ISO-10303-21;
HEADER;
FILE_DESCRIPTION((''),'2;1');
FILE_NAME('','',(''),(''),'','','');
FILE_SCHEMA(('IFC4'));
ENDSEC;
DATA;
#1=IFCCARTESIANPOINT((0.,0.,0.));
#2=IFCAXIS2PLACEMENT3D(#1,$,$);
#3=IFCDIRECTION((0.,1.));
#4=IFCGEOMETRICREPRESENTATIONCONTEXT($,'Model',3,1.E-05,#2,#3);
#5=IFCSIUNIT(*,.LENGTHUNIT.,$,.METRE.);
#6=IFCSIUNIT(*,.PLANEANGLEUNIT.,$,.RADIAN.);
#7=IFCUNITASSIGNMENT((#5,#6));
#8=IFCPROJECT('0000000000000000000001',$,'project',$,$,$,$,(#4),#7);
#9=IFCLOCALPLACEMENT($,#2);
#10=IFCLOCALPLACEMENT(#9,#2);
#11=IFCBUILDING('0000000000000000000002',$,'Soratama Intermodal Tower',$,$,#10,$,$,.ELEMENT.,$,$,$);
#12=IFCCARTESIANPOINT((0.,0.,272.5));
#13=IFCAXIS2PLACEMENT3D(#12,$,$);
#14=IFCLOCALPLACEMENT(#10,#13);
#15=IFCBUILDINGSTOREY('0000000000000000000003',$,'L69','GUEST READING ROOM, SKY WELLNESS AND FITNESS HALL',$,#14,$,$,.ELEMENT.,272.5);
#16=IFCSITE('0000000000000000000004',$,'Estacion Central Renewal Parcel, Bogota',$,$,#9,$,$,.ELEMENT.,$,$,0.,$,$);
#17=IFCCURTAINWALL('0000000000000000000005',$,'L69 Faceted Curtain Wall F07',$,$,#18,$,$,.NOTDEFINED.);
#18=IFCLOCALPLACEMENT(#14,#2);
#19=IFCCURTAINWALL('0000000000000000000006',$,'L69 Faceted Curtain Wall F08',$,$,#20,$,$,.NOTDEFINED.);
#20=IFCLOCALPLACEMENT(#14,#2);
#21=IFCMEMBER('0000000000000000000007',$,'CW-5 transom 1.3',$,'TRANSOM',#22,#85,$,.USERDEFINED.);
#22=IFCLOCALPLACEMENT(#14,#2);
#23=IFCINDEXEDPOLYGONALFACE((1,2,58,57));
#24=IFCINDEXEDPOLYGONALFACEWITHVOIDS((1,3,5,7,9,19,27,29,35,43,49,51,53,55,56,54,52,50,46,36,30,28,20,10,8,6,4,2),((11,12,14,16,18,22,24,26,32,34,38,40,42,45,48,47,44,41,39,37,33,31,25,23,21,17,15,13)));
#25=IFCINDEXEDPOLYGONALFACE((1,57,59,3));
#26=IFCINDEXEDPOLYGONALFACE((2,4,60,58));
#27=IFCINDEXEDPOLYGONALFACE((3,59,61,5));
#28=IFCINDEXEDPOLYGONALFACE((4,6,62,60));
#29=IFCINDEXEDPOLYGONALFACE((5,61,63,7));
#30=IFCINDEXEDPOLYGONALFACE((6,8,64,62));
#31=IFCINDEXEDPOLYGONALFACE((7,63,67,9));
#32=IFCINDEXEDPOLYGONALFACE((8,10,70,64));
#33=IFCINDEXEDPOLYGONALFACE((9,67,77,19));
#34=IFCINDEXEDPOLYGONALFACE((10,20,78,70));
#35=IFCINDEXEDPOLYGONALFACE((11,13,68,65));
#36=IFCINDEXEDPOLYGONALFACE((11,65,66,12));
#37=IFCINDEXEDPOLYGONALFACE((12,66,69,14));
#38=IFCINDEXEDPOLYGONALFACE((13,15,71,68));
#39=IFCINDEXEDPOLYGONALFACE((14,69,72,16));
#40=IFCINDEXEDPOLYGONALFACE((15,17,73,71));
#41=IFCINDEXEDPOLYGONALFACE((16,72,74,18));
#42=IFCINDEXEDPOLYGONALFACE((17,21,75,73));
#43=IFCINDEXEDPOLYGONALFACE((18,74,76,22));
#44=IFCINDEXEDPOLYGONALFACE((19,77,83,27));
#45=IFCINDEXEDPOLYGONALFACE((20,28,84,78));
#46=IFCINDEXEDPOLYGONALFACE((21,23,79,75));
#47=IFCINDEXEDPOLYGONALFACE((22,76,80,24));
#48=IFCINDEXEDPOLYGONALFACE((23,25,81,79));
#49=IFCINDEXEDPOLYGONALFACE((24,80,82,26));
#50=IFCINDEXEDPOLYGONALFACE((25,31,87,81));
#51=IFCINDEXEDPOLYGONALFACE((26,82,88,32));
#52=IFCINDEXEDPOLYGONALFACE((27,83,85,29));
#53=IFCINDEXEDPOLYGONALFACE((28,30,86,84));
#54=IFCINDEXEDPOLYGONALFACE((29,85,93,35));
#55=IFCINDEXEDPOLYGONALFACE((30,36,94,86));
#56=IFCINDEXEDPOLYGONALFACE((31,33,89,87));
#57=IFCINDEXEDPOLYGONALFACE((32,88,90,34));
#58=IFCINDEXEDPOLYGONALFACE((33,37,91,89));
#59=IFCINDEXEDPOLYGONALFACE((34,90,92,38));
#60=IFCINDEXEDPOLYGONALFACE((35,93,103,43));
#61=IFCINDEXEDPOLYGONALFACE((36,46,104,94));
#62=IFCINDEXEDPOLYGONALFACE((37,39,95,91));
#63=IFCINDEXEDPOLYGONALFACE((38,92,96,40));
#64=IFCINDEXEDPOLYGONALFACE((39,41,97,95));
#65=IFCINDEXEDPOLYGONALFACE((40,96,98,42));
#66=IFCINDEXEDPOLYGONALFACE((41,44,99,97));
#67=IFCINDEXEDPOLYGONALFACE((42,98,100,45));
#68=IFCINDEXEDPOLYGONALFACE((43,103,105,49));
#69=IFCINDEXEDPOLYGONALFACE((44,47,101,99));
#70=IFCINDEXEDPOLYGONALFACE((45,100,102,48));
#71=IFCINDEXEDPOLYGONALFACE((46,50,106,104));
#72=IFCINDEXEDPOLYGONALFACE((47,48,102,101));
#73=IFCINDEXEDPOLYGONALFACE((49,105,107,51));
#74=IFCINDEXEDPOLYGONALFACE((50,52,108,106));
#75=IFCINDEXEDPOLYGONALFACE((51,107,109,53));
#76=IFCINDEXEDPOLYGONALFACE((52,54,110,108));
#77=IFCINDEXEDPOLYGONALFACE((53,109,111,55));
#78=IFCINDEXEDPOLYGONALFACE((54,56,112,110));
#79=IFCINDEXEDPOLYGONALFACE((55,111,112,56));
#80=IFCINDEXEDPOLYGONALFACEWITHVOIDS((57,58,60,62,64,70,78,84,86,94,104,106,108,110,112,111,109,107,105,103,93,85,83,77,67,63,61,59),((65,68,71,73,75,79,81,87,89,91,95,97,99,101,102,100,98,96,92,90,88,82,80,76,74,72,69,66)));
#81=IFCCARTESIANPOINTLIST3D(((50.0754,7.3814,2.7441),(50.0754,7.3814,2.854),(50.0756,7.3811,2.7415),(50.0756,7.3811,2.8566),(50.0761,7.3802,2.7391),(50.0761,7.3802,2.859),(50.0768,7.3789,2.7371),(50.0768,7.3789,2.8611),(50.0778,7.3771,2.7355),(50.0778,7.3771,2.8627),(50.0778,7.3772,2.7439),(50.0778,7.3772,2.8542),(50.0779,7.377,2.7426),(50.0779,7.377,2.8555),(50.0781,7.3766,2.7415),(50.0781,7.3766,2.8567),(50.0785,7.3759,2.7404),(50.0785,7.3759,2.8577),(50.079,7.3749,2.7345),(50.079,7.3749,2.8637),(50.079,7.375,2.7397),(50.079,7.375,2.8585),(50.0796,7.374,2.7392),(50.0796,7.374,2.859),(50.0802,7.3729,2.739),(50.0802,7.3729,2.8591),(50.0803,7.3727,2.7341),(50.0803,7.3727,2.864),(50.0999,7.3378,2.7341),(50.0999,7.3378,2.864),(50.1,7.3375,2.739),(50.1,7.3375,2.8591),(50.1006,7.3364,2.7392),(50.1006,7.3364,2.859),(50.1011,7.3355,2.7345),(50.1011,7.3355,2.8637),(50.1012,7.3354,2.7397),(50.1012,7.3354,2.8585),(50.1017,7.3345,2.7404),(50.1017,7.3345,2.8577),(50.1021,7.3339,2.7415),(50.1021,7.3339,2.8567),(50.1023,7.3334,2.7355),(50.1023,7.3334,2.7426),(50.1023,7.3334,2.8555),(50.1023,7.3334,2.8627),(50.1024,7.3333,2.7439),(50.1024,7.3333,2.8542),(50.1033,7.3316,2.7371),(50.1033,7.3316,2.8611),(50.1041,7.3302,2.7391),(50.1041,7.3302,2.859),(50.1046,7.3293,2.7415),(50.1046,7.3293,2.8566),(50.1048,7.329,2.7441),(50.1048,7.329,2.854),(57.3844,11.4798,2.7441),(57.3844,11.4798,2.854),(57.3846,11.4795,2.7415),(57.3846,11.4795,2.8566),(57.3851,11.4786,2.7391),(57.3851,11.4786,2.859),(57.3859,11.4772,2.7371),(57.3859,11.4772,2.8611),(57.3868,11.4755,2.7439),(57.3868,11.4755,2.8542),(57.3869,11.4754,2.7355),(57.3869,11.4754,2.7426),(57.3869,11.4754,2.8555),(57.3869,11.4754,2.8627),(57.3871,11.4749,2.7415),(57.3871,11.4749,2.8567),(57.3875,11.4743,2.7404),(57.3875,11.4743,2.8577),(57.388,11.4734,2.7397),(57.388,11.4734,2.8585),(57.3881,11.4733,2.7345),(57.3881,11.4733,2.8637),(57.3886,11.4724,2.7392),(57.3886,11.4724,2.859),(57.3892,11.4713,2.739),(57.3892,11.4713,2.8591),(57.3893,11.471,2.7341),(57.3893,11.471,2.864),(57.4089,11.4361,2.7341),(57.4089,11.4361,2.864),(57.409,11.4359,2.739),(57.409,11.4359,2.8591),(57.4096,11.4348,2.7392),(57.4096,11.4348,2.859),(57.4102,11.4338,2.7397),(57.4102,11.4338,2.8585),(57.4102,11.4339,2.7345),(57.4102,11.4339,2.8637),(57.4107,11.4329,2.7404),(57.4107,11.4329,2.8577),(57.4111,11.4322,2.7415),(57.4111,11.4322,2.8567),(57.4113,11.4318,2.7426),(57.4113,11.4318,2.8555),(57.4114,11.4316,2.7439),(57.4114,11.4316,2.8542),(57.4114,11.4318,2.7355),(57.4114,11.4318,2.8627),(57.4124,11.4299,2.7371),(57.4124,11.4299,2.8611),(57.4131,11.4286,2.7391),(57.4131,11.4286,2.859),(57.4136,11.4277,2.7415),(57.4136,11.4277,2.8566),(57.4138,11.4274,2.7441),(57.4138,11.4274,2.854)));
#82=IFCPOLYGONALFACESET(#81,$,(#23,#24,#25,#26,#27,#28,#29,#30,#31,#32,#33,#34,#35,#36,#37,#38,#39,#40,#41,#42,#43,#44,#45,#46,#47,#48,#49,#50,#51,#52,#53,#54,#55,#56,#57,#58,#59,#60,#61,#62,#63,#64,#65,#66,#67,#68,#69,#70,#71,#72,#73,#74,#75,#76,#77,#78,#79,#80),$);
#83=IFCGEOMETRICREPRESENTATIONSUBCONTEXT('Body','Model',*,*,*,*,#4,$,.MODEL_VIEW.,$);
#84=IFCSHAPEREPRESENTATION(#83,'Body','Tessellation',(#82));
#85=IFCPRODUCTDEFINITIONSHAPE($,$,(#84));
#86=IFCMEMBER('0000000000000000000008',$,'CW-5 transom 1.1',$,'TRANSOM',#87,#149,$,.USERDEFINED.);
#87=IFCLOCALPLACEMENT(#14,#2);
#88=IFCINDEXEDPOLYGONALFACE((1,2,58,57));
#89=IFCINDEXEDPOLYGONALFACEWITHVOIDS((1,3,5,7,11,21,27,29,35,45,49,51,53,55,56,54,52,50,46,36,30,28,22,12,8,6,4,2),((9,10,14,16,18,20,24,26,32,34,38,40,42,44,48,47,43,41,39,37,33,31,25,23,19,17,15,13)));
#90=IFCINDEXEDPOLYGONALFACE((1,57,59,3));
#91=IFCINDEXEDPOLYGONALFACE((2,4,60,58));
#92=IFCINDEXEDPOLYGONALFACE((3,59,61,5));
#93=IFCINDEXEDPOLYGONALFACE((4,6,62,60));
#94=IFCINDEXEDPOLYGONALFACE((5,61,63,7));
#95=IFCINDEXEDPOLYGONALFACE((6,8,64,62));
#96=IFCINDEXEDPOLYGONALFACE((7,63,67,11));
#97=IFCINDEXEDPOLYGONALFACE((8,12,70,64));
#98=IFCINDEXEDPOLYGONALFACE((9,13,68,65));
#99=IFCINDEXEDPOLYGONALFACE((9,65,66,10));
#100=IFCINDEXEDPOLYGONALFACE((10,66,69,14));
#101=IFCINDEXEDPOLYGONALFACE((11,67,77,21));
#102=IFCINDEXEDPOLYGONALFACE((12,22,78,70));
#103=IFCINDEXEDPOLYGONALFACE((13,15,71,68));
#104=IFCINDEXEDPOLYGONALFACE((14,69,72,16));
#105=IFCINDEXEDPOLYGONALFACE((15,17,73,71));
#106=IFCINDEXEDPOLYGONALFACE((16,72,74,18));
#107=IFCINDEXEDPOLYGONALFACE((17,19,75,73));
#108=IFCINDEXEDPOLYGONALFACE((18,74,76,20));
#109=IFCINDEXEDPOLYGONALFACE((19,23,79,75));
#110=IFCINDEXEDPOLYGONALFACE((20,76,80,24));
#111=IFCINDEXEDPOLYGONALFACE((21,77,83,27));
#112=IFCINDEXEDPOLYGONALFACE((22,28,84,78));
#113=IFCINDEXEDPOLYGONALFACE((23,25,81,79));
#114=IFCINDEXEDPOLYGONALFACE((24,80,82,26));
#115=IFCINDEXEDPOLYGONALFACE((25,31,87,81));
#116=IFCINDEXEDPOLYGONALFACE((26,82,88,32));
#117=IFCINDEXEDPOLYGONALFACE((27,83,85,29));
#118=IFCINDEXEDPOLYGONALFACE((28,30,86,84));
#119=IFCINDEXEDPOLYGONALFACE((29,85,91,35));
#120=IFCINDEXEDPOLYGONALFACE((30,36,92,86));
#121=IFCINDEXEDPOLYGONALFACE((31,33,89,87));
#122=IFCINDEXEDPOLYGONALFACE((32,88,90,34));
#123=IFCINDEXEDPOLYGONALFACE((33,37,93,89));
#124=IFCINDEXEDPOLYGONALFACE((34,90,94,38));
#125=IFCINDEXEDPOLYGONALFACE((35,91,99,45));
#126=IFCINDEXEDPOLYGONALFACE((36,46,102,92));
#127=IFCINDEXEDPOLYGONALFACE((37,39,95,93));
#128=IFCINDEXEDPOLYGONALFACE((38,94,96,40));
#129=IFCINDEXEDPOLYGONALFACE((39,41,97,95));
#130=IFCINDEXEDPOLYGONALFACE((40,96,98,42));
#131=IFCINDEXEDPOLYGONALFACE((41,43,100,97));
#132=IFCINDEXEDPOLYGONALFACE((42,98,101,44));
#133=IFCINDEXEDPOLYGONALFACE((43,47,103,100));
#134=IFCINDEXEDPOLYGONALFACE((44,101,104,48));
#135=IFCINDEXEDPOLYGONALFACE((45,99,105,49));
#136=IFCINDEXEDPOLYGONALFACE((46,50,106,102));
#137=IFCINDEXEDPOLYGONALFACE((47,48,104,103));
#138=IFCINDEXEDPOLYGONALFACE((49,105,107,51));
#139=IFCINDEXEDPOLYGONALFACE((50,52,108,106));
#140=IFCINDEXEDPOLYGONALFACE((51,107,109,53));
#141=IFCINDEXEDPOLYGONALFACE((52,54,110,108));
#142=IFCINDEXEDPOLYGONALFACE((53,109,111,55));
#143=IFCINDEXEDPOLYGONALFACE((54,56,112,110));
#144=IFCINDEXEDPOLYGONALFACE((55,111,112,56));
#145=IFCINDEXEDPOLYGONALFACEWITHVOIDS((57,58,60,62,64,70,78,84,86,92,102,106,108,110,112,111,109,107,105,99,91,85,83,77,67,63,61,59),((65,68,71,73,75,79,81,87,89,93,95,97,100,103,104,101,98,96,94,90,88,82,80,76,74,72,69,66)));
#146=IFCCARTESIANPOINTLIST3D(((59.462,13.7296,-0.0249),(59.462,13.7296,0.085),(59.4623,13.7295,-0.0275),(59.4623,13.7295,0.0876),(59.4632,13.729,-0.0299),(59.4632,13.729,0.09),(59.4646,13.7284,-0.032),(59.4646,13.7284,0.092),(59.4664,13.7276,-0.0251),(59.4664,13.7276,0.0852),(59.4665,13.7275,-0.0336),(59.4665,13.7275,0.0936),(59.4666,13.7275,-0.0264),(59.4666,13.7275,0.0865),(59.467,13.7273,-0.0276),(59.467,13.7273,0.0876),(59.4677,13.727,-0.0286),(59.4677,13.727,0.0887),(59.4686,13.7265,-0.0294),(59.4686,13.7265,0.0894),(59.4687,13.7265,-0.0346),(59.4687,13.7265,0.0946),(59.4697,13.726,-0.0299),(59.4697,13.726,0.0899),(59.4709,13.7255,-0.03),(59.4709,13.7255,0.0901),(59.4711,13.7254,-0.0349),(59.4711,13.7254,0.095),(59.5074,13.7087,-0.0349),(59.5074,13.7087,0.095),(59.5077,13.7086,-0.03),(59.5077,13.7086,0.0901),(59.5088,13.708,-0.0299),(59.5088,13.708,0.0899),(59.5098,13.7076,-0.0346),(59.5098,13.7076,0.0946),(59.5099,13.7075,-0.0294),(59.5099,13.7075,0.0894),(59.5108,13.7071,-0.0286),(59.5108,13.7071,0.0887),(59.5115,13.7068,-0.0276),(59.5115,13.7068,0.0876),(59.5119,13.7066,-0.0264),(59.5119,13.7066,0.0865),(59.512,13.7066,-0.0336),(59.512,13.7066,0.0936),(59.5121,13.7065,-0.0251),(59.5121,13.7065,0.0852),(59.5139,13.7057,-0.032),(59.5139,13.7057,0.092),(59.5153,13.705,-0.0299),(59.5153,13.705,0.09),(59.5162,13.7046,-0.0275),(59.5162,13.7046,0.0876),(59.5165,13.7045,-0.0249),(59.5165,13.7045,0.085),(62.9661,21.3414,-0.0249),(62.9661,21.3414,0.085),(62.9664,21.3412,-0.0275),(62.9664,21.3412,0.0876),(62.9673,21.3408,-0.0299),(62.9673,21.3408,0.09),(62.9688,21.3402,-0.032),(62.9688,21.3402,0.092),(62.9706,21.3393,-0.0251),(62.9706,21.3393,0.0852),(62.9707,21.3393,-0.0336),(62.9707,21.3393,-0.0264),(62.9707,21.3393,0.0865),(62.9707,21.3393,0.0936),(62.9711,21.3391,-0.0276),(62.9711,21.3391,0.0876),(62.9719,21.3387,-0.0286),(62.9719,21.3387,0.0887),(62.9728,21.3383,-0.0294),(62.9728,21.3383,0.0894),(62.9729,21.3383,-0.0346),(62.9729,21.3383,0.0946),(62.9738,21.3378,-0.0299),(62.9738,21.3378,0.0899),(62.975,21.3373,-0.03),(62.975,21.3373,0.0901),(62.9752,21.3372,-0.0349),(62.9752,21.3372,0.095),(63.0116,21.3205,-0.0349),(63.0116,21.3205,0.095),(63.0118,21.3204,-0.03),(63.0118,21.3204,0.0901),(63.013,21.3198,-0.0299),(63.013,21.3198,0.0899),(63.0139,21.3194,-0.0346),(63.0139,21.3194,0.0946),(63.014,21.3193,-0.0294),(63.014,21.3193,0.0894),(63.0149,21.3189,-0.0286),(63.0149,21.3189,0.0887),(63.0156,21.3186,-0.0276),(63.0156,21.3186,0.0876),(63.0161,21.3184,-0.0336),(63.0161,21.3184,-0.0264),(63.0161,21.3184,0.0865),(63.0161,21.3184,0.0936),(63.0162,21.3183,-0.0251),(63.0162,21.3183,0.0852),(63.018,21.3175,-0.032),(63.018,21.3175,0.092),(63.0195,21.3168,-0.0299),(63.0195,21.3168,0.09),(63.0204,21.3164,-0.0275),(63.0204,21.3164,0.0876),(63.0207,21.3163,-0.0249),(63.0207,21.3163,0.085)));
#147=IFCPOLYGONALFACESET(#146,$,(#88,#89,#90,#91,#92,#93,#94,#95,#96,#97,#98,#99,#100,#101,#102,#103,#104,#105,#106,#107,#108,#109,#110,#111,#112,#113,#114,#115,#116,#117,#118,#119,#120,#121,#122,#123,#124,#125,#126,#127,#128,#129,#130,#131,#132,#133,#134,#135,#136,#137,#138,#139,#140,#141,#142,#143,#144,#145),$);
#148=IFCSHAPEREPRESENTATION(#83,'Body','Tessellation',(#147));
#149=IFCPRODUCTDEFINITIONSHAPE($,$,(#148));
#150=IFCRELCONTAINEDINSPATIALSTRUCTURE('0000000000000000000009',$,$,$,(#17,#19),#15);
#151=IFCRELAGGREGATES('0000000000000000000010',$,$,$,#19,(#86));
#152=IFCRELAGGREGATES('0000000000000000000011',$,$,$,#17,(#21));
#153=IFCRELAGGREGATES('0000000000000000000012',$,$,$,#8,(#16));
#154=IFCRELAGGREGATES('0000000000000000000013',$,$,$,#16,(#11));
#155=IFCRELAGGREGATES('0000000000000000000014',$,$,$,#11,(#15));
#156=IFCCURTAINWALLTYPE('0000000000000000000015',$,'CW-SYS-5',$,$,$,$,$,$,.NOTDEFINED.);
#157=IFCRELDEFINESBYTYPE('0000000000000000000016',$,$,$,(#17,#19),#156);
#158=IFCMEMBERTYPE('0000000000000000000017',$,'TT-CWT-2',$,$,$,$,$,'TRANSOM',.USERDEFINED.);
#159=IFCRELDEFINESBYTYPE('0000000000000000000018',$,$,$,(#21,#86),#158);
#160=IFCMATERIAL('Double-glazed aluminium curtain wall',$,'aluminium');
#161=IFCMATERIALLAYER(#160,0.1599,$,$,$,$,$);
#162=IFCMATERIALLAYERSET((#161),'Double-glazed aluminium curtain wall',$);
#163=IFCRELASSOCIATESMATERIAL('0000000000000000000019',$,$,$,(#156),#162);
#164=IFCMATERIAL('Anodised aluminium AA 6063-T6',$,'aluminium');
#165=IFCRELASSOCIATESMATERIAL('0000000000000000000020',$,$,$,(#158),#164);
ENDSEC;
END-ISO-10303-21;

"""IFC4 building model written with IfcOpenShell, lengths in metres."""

from ifc_helpers import new_model, si_unit, direction, frame, origin, origin_2d, place, context, subcontext, project, spatial, hollow_rectangle, extrude, material, layer, layer_set, material_profile, profile_set, type_object, element, aggregate, save


model = new_model("IFC4")

# Units and contexts
model_context = context("Model", 3, precision=1e-05, world=origin(), true_north=direction((0.0, 1.0)))
body_context = subcontext(model_context, "Body", "Model", "MODEL_VIEW")
ifc_project = project(units=[si_unit("LENGTHUNIT", "METRE"), si_unit("PLANEANGLEUNIT", "RADIAN")], contexts=[model_context])

# Site, building, storey
site_placement = place(None, origin())
site = spatial("IfcSite", under=ifc_project, at=site_placement, Name="Estacion Central Renewal Parcel, Bogota", CompositionType="ELEMENT", RefElevation=0.0)
building_placement = place(site_placement, origin())
building = spatial("IfcBuilding", under=site, at=building_placement, Name="Soratama Intermodal Tower", CompositionType="ELEMENT")
storey_placement = place(building_placement, frame((0.0, 0.0, 272.5)))
storey = spatial("IfcBuildingStorey", under=building, at=storey_placement, Name="L69", Description="GUEST READING ROOM, SKY WELLNESS AND FITNESS HALL", CompositionType="ELEMENT", Elevation=272.5)

# Curtain walls
ifc_material_1 = material(Name="Double-glazed aluminium curtain wall", Category="aluminium")
ifc_layer_1 = layer(ifc_material_1, 0.1599)
ifc_layer_set_1 = layer_set([ifc_layer_1], Name="Double-glazed aluminium curtain wall")
curtain_wall_type = type_object("IfcCurtainWallType", Name="CW-SYS-5", PredefinedType="NOTDEFINED", material=ifc_layer_set_1)
curtain_wall_1_placement = place(storey_placement, origin())
curtain_wall_1 = element("IfcCurtainWall", 1, at=curtain_wall_1_placement, inside=storey, type_object=curtain_wall_type, Name="L69 Faceted Curtain Wall F07", PredefinedType="NOTDEFINED")
curtain_wall_2_placement = place(storey_placement, origin())
curtain_wall_2 = element("IfcCurtainWall", 2, at=curtain_wall_2_placement, inside=storey, type_object=curtain_wall_type, Name="L69 Faceted Curtain Wall F08", PredefinedType="NOTDEFINED")

# Members
ifc_material_2 = material(Name="Anodised aluminium AA 6063-T6", Category="aluminium")
ifc_material_profile_1 = material_profile(ifc_material_2, hollow_rectangle(XDim=0.0601, YDim=0.1299, WallThickness=0.0049, InnerFilletRadius=0.0049, OuterFilletRadius=0.01, at=origin_2d()), Name="CWT130X60X5")
ifc_profile_set_1 = profile_set([ifc_material_profile_1], Name="Anodised aluminium AA 6063-T6")
member_type_1 = type_object("IfcMemberType", Name="TT-CWT-2", ElementType="TRANSOM", PredefinedType="USERDEFINED", material=ifc_profile_set_1)
member_1_placement = place(storey_placement, frame((50.0901, 7.3552, 2.7991), z_axis=(0.872236, 0.489085, 0.0), x_axis=(-0.489085, 0.872236, 0.0)))
member_1 = element("IfcMember", 3, at=member_1_placement, type_object=member_type_1, Name="CW-5 transom 1.3", ObjectType="TRANSOM", PredefinedType="USERDEFINED", context=body_context, shape_type="SweptSolid", body=[
    extrude(hollow_rectangle(XDim=0.0601, YDim=0.1299, WallThickness=0.0049, InnerFilletRadius=0.0049, OuterFilletRadius=0.01, at=origin_2d()), origin(), (0.0, 0.0, 1.0), 8.3796),
])
member_2_placement = place(storey_placement, frame((59.4893, 13.717, 0.03), z_axis=(0.418173, 0.908367, 0.0), x_axis=(-0.908367, 0.418173, 0.0)))
member_2 = element("IfcMember", 4, at=member_2_placement, type_object=member_type_1, Name="CW-5 transom 1.1", ObjectType="TRANSOM", PredefinedType="USERDEFINED", context=body_context, shape_type="SweptSolid", body=[
    extrude(hollow_rectangle(XDim=0.0601, YDim=0.1299, WallThickness=0.0049, InnerFilletRadius=0.0049, OuterFilletRadius=0.01, at=origin_2d()), origin(), (0.0, 0.0, 1.0), 8.3796),
])
aggregate(curtain_wall_2, [member_2])

aggregate(curtain_wall_1, [member_1])

save(model, "model.ifc")
